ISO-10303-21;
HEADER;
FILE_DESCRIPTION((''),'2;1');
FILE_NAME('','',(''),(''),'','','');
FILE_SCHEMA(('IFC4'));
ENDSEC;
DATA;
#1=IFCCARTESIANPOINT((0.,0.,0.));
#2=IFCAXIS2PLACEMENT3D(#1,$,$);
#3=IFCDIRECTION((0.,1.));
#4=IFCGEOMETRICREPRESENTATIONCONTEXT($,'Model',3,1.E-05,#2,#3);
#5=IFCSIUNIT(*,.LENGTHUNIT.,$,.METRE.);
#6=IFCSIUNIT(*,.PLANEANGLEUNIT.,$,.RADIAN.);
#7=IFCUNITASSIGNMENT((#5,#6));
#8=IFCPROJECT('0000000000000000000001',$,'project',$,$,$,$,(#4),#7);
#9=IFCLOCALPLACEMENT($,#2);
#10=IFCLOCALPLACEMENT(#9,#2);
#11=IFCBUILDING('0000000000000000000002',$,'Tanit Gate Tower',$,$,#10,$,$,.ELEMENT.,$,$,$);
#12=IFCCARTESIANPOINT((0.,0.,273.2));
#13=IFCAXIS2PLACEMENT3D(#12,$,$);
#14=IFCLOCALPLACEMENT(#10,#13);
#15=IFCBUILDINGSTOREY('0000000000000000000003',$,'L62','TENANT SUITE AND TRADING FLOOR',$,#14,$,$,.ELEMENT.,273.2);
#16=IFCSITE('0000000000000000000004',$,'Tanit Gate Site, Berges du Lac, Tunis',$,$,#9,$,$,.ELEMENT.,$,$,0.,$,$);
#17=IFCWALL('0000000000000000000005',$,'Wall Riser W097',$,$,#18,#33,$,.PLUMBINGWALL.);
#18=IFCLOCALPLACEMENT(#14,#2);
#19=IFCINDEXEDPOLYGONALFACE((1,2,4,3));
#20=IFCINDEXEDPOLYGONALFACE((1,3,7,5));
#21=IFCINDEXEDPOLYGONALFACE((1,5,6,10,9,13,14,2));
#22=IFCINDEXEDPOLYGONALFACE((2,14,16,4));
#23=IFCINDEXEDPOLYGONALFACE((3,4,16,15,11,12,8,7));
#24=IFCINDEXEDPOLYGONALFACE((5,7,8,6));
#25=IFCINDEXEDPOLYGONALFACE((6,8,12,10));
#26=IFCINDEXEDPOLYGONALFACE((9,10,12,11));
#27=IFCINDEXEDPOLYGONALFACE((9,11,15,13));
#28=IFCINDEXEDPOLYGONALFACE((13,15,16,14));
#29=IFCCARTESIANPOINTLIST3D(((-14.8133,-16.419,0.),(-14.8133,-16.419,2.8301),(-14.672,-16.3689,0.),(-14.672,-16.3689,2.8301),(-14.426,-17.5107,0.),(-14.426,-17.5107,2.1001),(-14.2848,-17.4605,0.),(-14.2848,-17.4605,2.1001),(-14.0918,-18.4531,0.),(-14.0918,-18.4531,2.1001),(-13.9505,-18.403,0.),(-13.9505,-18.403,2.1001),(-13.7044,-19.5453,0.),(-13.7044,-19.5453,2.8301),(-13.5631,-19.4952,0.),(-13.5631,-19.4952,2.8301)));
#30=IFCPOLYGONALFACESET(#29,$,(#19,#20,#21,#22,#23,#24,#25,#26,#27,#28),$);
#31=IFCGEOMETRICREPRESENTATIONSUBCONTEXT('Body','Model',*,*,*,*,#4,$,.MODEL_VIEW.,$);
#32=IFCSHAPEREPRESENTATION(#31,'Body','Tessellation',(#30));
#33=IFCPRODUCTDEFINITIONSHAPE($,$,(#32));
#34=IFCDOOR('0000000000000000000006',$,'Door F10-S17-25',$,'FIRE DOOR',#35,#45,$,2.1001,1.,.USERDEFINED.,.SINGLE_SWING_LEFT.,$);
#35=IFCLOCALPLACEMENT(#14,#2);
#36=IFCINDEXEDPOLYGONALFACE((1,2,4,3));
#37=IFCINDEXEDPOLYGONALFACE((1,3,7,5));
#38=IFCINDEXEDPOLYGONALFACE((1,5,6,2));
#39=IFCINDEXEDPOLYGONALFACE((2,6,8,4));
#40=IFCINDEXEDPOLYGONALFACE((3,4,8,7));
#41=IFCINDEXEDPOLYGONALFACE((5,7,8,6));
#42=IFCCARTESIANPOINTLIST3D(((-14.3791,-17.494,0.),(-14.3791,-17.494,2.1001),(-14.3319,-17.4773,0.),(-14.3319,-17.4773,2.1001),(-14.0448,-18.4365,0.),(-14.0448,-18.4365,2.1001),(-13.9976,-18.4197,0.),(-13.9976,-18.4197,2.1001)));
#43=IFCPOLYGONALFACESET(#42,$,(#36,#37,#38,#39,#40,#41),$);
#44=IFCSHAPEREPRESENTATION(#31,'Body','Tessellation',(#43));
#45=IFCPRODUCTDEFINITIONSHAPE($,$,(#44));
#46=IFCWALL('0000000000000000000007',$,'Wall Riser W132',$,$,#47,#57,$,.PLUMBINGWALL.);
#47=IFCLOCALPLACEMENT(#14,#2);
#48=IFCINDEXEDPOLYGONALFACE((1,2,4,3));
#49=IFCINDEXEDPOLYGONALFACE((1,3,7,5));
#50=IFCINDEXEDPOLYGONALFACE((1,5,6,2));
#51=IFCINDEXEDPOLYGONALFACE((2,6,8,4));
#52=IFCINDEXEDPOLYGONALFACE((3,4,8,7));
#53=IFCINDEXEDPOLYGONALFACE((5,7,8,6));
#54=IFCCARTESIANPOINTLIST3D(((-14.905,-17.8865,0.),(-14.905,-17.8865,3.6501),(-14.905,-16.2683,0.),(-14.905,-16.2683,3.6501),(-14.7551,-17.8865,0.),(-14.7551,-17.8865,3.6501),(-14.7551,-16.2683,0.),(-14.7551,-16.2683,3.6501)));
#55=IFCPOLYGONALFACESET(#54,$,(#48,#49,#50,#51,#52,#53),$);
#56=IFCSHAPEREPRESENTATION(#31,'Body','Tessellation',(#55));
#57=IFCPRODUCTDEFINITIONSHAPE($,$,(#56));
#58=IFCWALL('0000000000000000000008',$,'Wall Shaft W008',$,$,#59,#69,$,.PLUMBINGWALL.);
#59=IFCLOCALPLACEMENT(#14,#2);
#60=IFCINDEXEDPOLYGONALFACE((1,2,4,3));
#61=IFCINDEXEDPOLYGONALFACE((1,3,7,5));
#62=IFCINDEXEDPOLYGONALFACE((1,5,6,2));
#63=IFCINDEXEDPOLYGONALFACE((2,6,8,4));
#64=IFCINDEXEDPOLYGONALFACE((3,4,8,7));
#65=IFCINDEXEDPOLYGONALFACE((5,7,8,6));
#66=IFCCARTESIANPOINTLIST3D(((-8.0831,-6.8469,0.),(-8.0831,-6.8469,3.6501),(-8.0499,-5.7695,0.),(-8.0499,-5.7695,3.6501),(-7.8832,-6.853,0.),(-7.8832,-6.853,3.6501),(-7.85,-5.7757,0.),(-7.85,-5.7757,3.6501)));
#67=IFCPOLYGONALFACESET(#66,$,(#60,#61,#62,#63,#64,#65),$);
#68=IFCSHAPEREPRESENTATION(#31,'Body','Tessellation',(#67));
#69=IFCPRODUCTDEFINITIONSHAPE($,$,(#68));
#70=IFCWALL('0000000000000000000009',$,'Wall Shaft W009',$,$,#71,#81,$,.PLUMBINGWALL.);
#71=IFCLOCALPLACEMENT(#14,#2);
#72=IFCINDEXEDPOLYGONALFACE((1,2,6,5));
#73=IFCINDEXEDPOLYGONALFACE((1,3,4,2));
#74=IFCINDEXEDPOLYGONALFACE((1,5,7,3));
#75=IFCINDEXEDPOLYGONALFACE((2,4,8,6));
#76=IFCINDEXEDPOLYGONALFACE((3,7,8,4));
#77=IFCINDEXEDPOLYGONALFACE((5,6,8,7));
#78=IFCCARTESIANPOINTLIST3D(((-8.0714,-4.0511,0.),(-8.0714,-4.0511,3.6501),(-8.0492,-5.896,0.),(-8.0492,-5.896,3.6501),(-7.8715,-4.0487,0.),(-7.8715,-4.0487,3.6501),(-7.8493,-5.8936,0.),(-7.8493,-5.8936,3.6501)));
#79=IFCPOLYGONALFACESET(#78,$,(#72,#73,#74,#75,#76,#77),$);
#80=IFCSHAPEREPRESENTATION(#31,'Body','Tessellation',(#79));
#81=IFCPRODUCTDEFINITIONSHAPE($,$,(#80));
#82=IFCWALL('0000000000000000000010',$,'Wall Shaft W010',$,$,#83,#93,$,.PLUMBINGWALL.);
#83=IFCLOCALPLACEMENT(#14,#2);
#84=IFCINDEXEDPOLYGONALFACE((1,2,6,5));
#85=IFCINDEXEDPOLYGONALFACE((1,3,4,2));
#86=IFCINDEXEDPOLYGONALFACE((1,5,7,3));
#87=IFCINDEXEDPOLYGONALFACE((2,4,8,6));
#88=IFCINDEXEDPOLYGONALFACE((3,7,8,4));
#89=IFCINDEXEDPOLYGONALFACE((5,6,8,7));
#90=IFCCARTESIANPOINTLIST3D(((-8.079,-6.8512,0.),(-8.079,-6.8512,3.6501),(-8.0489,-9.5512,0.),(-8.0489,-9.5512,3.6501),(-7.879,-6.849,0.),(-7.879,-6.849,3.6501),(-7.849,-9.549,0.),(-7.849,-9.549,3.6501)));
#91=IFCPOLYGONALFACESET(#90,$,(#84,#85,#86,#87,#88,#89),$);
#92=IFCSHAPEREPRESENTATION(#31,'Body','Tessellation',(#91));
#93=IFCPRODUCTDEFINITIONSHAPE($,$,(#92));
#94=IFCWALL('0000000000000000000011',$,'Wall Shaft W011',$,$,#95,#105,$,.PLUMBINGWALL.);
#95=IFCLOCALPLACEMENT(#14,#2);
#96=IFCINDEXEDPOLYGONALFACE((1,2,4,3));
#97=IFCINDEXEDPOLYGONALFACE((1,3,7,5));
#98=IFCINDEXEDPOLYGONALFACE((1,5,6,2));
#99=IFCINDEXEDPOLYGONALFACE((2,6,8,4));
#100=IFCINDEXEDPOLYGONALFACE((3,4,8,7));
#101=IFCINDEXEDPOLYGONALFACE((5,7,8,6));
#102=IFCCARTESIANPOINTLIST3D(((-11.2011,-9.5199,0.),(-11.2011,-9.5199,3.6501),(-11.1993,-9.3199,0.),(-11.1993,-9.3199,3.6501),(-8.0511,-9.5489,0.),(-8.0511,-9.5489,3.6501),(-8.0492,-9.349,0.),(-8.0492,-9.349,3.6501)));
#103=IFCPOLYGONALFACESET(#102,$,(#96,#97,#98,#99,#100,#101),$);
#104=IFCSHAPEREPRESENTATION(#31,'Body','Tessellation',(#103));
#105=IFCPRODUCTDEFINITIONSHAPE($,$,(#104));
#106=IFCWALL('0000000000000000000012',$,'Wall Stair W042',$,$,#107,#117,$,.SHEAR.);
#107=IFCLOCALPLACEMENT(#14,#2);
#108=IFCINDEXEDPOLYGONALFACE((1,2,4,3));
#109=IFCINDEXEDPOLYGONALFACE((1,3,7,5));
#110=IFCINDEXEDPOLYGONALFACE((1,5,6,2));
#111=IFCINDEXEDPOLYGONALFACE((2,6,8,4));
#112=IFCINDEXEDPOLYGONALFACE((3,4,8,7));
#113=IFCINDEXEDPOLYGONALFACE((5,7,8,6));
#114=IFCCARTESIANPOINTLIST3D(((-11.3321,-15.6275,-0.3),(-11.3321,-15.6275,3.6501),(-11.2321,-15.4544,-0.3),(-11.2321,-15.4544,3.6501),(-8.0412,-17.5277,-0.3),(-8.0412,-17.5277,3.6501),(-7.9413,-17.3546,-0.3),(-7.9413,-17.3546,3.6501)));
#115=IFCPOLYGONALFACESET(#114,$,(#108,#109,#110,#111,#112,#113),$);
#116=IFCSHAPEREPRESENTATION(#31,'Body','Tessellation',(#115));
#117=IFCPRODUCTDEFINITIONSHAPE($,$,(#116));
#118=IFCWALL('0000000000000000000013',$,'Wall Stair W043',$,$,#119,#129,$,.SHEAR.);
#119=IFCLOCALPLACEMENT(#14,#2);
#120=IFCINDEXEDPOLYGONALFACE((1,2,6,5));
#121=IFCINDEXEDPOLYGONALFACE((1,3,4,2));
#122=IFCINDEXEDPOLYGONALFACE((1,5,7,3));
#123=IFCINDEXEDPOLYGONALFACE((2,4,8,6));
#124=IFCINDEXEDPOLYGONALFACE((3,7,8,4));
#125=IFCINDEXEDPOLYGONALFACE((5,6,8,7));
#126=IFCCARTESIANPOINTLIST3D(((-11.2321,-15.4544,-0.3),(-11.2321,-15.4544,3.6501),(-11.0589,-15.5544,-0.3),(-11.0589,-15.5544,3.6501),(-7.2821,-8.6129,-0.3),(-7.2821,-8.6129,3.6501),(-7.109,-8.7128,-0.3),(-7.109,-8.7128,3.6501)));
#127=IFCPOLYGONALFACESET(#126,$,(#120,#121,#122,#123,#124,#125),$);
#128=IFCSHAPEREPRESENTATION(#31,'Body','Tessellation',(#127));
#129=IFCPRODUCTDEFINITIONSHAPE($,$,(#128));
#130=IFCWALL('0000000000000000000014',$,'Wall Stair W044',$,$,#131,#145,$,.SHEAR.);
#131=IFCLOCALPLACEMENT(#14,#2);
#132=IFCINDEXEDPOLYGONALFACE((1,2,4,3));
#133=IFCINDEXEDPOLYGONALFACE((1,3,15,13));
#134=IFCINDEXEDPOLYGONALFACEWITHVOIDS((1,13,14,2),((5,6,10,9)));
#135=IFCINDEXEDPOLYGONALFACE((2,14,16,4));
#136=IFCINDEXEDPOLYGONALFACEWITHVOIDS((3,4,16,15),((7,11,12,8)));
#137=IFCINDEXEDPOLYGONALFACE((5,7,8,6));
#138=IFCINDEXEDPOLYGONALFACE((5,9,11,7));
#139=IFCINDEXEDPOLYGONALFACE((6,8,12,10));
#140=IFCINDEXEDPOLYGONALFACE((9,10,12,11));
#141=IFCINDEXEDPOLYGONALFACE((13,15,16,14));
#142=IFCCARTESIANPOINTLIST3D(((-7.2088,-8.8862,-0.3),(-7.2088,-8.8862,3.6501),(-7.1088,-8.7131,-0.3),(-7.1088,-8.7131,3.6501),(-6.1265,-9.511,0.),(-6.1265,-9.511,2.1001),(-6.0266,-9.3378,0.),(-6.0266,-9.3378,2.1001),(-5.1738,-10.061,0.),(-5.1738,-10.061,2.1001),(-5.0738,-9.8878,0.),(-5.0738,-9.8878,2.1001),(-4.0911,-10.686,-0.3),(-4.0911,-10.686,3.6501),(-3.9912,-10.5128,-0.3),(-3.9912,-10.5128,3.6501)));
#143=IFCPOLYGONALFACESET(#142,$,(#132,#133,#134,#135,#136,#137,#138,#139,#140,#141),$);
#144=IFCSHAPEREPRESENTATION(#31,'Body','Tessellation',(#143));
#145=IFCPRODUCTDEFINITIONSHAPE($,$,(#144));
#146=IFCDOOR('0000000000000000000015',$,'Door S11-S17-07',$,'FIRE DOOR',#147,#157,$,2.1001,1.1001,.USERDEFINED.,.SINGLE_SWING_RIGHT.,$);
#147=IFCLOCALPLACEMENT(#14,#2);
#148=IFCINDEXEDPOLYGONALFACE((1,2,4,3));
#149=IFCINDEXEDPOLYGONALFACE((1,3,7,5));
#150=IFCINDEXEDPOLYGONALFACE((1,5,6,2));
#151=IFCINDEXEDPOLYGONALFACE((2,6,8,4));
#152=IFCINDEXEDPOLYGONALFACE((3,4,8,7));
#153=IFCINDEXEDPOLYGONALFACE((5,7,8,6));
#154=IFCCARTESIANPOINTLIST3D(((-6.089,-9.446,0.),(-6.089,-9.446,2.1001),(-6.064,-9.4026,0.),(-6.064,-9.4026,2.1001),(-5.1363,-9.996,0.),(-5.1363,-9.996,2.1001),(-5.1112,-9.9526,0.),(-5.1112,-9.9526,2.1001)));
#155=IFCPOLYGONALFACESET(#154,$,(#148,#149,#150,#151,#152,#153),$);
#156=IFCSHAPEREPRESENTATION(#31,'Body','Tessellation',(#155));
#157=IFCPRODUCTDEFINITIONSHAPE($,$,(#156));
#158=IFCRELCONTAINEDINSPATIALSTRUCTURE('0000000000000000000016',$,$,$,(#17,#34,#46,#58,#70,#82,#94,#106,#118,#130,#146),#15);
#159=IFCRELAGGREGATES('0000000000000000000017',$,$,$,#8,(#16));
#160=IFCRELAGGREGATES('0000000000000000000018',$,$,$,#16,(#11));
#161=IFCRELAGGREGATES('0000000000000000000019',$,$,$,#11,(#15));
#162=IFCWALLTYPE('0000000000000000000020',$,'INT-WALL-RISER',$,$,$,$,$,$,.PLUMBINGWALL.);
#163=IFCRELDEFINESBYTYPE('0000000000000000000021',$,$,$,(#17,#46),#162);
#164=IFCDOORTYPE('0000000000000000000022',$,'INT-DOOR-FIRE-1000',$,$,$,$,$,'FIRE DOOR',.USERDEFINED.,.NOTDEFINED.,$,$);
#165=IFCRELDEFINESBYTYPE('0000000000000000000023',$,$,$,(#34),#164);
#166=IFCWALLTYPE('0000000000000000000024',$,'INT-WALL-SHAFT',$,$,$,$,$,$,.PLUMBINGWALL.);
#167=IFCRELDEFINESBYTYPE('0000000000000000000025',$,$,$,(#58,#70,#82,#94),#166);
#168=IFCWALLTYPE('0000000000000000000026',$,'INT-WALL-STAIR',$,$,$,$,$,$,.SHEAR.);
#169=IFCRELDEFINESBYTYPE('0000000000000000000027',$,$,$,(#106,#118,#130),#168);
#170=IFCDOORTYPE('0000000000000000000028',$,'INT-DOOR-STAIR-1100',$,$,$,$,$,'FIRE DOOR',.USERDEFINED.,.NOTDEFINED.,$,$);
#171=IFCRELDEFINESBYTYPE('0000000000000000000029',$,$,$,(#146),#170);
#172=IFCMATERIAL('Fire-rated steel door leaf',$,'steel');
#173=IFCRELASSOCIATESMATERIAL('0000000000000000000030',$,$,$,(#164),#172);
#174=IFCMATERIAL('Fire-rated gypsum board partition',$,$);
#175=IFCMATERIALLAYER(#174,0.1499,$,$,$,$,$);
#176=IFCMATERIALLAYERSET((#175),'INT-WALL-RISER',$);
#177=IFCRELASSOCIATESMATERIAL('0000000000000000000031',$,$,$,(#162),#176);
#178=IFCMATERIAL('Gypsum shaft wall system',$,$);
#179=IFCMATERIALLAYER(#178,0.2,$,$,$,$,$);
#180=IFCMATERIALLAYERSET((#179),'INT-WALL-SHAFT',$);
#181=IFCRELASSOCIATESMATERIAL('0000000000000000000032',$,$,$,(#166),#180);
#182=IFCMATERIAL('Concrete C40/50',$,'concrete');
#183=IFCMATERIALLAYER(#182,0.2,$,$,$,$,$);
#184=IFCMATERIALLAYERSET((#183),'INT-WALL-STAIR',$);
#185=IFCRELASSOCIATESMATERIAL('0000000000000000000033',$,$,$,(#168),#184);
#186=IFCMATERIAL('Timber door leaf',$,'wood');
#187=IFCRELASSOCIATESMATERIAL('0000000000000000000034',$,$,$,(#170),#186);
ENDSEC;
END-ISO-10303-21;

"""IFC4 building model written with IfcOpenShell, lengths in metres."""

from ifc_helpers import new_model, si_unit, direction, frame, frame_2d, origin, place, context, subcontext, project, spatial, rectangle, extrude, material, layer, layer_set, type_object, element, fill, save


model = new_model("IFC4")

# Units and contexts
model_context = context("Model", 3, precision=1e-05, world=origin(), true_north=direction((0.0, 1.0)))
body_context = subcontext(model_context, "Body", "Model", "MODEL_VIEW")
ifc_project = project(units=[si_unit("LENGTHUNIT", "METRE"), si_unit("PLANEANGLEUNIT", "RADIAN")], contexts=[model_context])

# Site, building, storey
site_placement = place(None, origin())
site = spatial("IfcSite", under=ifc_project, at=site_placement, Name="Tanit Gate Site, Berges du Lac, Tunis", CompositionType="ELEMENT", RefElevation=0.0)
building_placement = place(site_placement, origin())
building = spatial("IfcBuilding", under=site, at=building_placement, Name="Tanit Gate Tower", CompositionType="ELEMENT")
storey_placement = place(building_placement, frame((0.0, 0.0, 273.2)))
storey = spatial("IfcBuildingStorey", under=building, at=storey_placement, Name="L62", Description="TENANT SUITE AND TRADING FLOOR", CompositionType="ELEMENT", Elevation=273.2)

# Shared definitions
ifc_material_1 = material(Name="Fire-rated steel door leaf", Category="steel")
door_type_1 = type_object("IfcDoorType", Name="INT-DOOR-FIRE-1000", ElementType="FIRE DOOR", OperationType="NOTDEFINED", PredefinedType="USERDEFINED", material=ifc_material_1)

# Wall, opening, door
ifc_material_2 = material(Name="Fire-rated gypsum board partition")
ifc_layer_1 = layer(ifc_material_2, 0.1499)
ifc_layer_set_1 = layer_set([ifc_layer_1], Name="INT-WALL-RISER")
wall_type_1 = type_object("IfcWallType", Name="INT-WALL-RISER", PredefinedType="PLUMBINGWALL", material=ifc_layer_set_1)
wall_1_placement = place(storey_placement, frame((-14.7427, -16.3938, 0.0), z_axis=(0.0, 0.0, 1.0), x_axis=(0.334298, -0.942467, 0.0)))
wall_1 = element("IfcWall", 1, at=wall_1_placement, inside=storey, type_object=wall_type_1, Name="Wall Riser W097", PredefinedType="PLUMBINGWALL", context=body_context, shape_type="SweptSolid", body=[
    extrude(rectangle(XDim=3.3171, YDim=0.1499, at=frame_2d((1.6587, 0.0))), origin(), (0.0, 0.0, 1.0), 2.8301),
])
opening_1_placement = place(wall_1_placement, frame((1.1584, 0.0, 0.0)))
opening_1 = element("IfcOpeningElement", 2, at=opening_1_placement, cuts=wall_1, PredefinedType="OPENING", context=body_context, shape_type="SweptSolid", body=[
    extrude(rectangle(XDim=1.0, YDim=2.1001, at=frame_2d((0.5, 1.05))), frame((0.0, 0.085, 0.0), z_axis=(0.0, -1.0, 0.0), x_axis=(1.0, 0.0, 0.0)), (0.0, 0.0, 1.0), 0.1699),
])
door_1_placement = place(opening_1_placement, origin())
door_1 = element("IfcDoor", 3, at=door_1_placement, inside=storey, type_object=door_type_1, Name="Door F10-S17-25", ObjectType="FIRE DOOR", OperationType="SINGLE_SWING_LEFT", OverallHeight=2.1001, OverallWidth=1.0, PredefinedType="USERDEFINED", context=body_context, shape_type="SweptSolid", body=[
    extrude(rectangle(XDim=1.0, YDim=2.1001, at=frame_2d((0.5, 1.05))), frame((0.0, 0.0249, 0.0), z_axis=(0.0, -1.0, 0.0), x_axis=(1.0, 0.0, 0.0)), (0.0, 0.0, 1.0), 0.05),
])
fill(opening_1, door_1)

# Walls
wall_2_placement = place(storey_placement, frame((-14.8301, -17.8865, 0.0), z_axis=(0.0, 0.0, 1.0), x_axis=(0.0, 1.0, 0.0)))
element("IfcWall", 4, at=wall_2_placement, inside=storey, type_object=wall_type_1, Name="Wall Riser W132", PredefinedType="PLUMBINGWALL", context=body_context, shape_type="SweptSolid", body=[
    extrude(rectangle(XDim=1.6182, YDim=0.1499, at=frame_2d((0.8091, 0.0))), origin(), (0.0, 0.0, 1.0), 3.6501),
])
ifc_material_3 = material(Name="Gypsum shaft wall system")
ifc_layer_2 = layer(ifc_material_3, 0.2)
ifc_layer_set_2 = layer_set([ifc_layer_2], Name="INT-WALL-SHAFT")
wall_type_2 = type_object("IfcWallType", Name="INT-WALL-SHAFT", PredefinedType="PLUMBINGWALL", material=ifc_layer_set_2)
wall_3_placement = place(storey_placement, frame((-7.95, -5.7725, 0.0), z_axis=(0.0, 0.0, 1.0), x_axis=(-0.030803, -0.999525, 0.0)))
element("IfcWall", 5, at=wall_3_placement, inside=storey, type_object=wall_type_2, Name="Wall Shaft W008", PredefinedType="PLUMBINGWALL", context=body_context, shape_type="SweptSolid", body=[
    extrude(rectangle(XDim=1.0779, YDim=0.2, at=frame_2d((0.5391, 0.0))), origin(), (0.0, 0.0, 1.0), 3.6501),
])
wall_4_placement = place(storey_placement, frame((-7.9714, -4.05, 0.0), z_axis=(0.0, 0.0, 1.0), x_axis=(0.012043, -0.999927, 0.0)))
element("IfcWall", 6, at=wall_4_placement, inside=storey, type_object=wall_type_2, Name="Wall Shaft W009", PredefinedType="PLUMBINGWALL", context=body_context, shape_type="SweptSolid", body=[
    extrude(rectangle(XDim=1.845, YDim=0.2, at=frame_2d((0.9224, 0.0))), origin(), (0.0, 0.0, 1.0), 3.6501),
])
wall_5_placement = place(storey_placement, frame((-7.979, -6.8501, 0.0), z_axis=(0.0, 0.0, 1.0), x_axis=(0.011121, -0.999938, 0.0)))
element("IfcWall", 7, at=wall_5_placement, inside=storey, type_object=wall_type_2, Name="Wall Shaft W010", PredefinedType="PLUMBINGWALL", context=body_context, shape_type="SweptSolid", body=[
    extrude(rectangle(XDim=2.7002, YDim=0.2, at=frame_2d((1.3501, 0.0))), origin(), (0.0, 0.0, 1.0), 3.6501),
])
wall_6_placement = place(storey_placement, frame((-8.05, -9.449, 0.0), z_axis=(0.0, 0.0, 1.0), x_axis=(-0.999957, 0.009223, 0.0)))
element("IfcWall", 8, at=wall_6_placement, inside=storey, type_object=wall_type_2, Name="Wall Shaft W011", PredefinedType="PLUMBINGWALL", context=body_context, shape_type="SweptSolid", body=[
    extrude(rectangle(XDim=3.1501, YDim=0.2, at=frame_2d((1.5752, 0.0))), origin(), (0.0, 0.0, 1.0), 3.6501),
])
ifc_material_4 = material(Name="Concrete C40/50", Category="concrete")
ifc_layer_3 = layer(ifc_material_4, 0.2)
ifc_layer_set_3 = layer_set([ifc_layer_3], Name="INT-WALL-STAIR")
wall_type_3 = type_object("IfcWallType", Name="INT-WALL-STAIR", PredefinedType="SHEAR", material=ifc_layer_set_3)
wall_7_placement = place(storey_placement, frame((-11.282, -15.541, -0.3), z_axis=(0.0, 0.0, 1.0), x_axis=(0.866, -0.500043, 0.0)))
element("IfcWall", 9, at=wall_7_placement, inside=storey, type_object=wall_type_3, Name="Wall Stair W042", PredefinedType="SHEAR", context=body_context, shape_type="SweptSolid", body=[
    extrude(rectangle(XDim=3.8, YDim=0.2, at=frame_2d((1.8999, 0.0))), origin(), (0.0, 0.0, 1.0), 3.9502),
])
wall_8_placement = place(storey_placement, frame((-7.1956, -8.6628, -0.3), z_axis=(0.0, 0.0, 1.0), x_axis=(-0.499998, -0.866027, 0.0)))
element("IfcWall", 10, at=wall_8_placement, inside=storey, type_object=wall_type_3, Name="Wall Stair W043", PredefinedType="SHEAR", context=body_context, shape_type="SweptSolid", body=[
    extrude(rectangle(XDim=7.8999, YDim=0.2, at=frame_2d((3.95, 0.0))), origin(), (0.0, 0.0, 1.0), 3.9502),
])

# Wall, opening, door
wall_9_placement = place(storey_placement, frame((-4.0413, -10.5994, -0.3), z_axis=(0.0, 0.0, 1.0), x_axis=(-0.866048, 0.499961, 0.0)))
wall_9 = element("IfcWall", 11, at=wall_9_placement, inside=storey, type_object=wall_type_3, Name="Wall Stair W044", PredefinedType="SHEAR", context=body_context, shape_type="SweptSolid", body=[
    extrude(rectangle(XDim=3.5999, YDim=0.2, at=frame_2d((1.7998, 0.0))), origin(), (0.0, 0.0, 1.0), 3.9502),
])
opening_2_placement = place(wall_9_placement, frame((1.25, 0.0, 0.3)))
opening_2 = element("IfcOpeningElement", 12, at=opening_2_placement, cuts=wall_9, PredefinedType="OPENING", context=body_context, shape_type="SweptSolid", body=[
    extrude(rectangle(XDim=1.1001, YDim=2.1001, at=frame_2d((0.55, 1.05))), frame((0.0, 0.1099, 0.0), z_axis=(0.0, -1.0, 0.0), x_axis=(1.0, 0.0, 0.0)), (0.0, 0.0, 1.0), 0.22),
])
ifc_material_5 = material(Name="Timber door leaf", Category="wood")
door_type_2 = type_object("IfcDoorType", Name="INT-DOOR-STAIR-1100", ElementType="FIRE DOOR", OperationType="NOTDEFINED", PredefinedType="USERDEFINED", material=ifc_material_5)
door_2_placement = place(opening_2_placement, origin())
door_2 = element("IfcDoor", 13, at=door_2_placement, inside=storey, type_object=door_type_2, Name="Door S11-S17-07", ObjectType="FIRE DOOR", OperationType="SINGLE_SWING_RIGHT", OverallHeight=2.1001, OverallWidth=1.1001, PredefinedType="USERDEFINED", context=body_context, shape_type="SweptSolid", body=[
    extrude(rectangle(XDim=1.1001, YDim=2.1001, at=frame_2d((0.55, 1.05))), frame((0.0, 0.0249, 0.0), z_axis=(0.0, -1.0, 0.0), x_axis=(1.0, 0.0, 0.0)), (0.0, 0.0, 1.0), 0.05),
])
fill(opening_2, door_2)

save(model, "model.ifc")
